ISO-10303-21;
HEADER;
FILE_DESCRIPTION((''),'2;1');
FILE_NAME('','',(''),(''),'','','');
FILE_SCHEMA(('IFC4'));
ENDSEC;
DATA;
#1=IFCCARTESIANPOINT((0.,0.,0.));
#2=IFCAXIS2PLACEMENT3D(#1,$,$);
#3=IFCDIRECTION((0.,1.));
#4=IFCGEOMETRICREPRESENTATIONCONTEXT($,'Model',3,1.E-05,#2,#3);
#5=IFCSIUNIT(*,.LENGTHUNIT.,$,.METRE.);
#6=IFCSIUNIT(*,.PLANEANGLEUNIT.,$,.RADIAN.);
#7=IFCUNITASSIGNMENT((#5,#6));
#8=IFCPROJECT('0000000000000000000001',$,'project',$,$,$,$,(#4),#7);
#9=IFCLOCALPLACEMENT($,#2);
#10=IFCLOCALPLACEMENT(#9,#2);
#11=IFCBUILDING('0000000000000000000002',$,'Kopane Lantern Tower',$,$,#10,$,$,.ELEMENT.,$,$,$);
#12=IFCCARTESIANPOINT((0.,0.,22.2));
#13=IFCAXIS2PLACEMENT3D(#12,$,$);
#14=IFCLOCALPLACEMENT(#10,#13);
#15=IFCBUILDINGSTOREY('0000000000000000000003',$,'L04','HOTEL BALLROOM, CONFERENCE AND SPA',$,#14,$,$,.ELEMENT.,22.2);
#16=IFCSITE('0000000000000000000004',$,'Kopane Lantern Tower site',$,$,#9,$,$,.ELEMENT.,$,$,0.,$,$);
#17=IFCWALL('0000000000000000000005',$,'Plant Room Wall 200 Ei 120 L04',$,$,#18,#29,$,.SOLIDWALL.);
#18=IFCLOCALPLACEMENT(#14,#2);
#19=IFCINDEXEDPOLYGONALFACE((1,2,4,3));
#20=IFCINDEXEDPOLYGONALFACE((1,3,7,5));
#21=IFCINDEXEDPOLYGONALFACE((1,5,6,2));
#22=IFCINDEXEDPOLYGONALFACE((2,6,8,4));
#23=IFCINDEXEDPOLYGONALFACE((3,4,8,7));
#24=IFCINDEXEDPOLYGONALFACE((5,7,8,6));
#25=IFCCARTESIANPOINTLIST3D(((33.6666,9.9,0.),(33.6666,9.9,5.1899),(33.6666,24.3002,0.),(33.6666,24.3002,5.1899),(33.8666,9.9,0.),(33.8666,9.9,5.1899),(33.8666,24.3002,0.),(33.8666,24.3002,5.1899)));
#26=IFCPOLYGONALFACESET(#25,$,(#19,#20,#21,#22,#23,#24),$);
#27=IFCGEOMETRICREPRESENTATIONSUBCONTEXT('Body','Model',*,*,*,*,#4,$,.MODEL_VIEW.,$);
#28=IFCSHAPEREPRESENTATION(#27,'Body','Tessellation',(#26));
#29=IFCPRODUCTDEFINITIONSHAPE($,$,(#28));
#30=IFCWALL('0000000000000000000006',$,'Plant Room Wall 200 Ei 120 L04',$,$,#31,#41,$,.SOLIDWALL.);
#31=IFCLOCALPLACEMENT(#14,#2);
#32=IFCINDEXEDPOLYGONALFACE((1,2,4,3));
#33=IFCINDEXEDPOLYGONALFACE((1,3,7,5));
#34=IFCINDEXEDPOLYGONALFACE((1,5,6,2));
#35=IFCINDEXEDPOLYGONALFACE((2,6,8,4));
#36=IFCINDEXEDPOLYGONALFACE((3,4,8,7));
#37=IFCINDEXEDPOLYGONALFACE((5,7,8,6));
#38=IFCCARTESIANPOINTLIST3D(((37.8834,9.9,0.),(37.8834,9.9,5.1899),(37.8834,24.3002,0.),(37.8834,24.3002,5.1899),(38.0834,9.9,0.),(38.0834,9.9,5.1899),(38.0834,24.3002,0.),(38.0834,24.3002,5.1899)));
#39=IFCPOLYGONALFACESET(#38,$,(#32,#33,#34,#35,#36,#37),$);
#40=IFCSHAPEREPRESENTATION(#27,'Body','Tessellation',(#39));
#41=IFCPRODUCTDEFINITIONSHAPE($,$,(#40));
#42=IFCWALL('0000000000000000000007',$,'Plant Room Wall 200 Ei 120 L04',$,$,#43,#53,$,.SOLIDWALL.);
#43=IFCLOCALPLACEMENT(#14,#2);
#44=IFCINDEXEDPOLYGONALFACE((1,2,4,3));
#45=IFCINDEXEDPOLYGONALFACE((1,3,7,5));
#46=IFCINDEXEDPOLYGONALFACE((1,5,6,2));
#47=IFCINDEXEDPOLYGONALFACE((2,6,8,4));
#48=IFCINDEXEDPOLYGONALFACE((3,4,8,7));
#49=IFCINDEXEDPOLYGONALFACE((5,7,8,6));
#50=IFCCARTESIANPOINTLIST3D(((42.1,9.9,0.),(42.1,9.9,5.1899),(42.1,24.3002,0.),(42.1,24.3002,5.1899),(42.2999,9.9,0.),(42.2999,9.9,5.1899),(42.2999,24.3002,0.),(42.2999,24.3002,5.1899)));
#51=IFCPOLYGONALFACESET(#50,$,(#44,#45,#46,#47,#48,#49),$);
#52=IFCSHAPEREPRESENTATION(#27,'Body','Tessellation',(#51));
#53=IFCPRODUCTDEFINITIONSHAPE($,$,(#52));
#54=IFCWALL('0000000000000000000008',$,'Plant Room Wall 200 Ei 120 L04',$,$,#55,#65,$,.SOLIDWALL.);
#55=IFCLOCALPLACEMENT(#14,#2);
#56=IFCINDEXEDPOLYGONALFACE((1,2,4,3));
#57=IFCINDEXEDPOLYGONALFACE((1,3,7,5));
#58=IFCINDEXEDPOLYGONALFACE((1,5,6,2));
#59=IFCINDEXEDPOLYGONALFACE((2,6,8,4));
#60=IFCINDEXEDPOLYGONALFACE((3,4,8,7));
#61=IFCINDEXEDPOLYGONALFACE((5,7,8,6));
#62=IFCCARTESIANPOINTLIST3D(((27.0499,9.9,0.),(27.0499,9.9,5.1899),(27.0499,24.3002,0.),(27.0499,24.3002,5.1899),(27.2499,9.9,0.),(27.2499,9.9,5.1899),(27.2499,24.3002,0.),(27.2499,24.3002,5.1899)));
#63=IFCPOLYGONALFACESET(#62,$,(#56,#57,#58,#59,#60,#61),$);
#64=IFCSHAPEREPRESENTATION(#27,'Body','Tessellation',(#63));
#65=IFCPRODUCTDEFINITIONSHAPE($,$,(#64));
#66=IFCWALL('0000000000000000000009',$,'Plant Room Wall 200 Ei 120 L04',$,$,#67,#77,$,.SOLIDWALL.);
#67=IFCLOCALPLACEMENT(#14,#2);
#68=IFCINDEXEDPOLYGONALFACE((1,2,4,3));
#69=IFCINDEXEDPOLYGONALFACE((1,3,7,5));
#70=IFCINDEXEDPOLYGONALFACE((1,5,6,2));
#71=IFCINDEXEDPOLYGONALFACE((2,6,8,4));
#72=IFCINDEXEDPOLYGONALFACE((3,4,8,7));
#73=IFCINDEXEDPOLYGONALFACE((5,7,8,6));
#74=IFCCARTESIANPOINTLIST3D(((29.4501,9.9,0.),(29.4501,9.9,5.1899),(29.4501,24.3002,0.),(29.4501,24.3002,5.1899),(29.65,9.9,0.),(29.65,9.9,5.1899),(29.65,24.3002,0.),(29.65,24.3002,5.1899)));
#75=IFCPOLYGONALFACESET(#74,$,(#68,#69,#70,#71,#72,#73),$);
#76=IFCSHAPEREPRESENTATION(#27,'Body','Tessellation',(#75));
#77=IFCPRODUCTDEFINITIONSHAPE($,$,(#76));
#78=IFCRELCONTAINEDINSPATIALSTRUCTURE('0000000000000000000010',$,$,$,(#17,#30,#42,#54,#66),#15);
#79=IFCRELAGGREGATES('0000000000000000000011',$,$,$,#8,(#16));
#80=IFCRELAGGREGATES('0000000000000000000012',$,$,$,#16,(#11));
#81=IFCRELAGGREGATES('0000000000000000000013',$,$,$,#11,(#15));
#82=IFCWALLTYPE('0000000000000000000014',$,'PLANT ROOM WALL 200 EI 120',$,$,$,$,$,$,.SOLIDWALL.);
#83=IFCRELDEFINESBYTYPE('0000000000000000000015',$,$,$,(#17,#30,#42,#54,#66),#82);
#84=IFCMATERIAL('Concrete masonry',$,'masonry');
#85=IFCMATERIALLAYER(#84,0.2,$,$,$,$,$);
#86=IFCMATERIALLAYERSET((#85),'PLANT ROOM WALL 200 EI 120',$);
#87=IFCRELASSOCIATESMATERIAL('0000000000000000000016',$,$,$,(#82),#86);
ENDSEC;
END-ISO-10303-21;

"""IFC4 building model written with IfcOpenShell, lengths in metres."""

from ifc_helpers import new_model, si_unit, direction, frame, frame_2d, origin, place, context, subcontext, project, spatial, rectangle, extrude, material, layer, layer_set, type_object, element, save


model = new_model("IFC4")

# Units and contexts
model_context = context("Model", 3, precision=1e-05, world=origin(), true_north=direction((0.0, 1.0)))
body_context = subcontext(model_context, "Body", "Model", "MODEL_VIEW")
ifc_project = project(units=[si_unit("LENGTHUNIT", "METRE"), si_unit("PLANEANGLEUNIT", "RADIAN")], contexts=[model_context])

# Site, building, storey
site_placement = place(None, origin())
site = spatial("IfcSite", under=ifc_project, at=site_placement, Name="Kopane Lantern Tower site", CompositionType="ELEMENT", RefElevation=0.0)
building_placement = place(site_placement, origin())
building = spatial("IfcBuilding", under=site, at=building_placement, Name="Kopane Lantern Tower", CompositionType="ELEMENT")
storey_placement = place(building_placement, frame((0.0, 0.0, 22.2)))
storey = spatial("IfcBuildingStorey", under=building, at=storey_placement, Name="L04", Description="HOTEL BALLROOM, CONFERENCE AND SPA", CompositionType="ELEMENT", Elevation=22.2)

# Walls
ifc_material_1 = material(Name="Concrete masonry", Category="masonry")
ifc_layer_1 = layer(ifc_material_1, 0.2)
ifc_layer_set_1 = layer_set([ifc_layer_1], Name="PLANT ROOM WALL 200 EI 120")
wall_type_1 = type_object("IfcWallType", Name="PLANT ROOM WALL 200 EI 120", PredefinedType="SOLIDWALL", material=ifc_layer_set_1)
for number, where, z_axis, x_axis, name in (
    (1, (33.7666, 9.8999, 0.0), (0.0, 0.0, 1.0), (0.0, 1.0, 0.0), "Plant Room Wall 200 Ei 120 L04"),
    (2, (37.9834, 9.8999, 0.0), (0.0, 0.0, 1.0), (0.0, 1.0, 0.0), "Plant Room Wall 200 Ei 120 L04"),
    (3, (42.2, 9.8999, 0.0), (0.0, 0.0, 1.0), (0.0, 1.0, 0.0), "Plant Room Wall 200 Ei 120 L04"),
    (4, (27.1499, 9.8999, 0.0), (0.0, 0.0, 1.0), (0.0, 1.0, 0.0), "Plant Room Wall 200 Ei 120 L04"),
    (5, (29.55, 9.8999, 0.0), (0.0, 0.0, 1.0), (0.0, 1.0, 0.0), "Plant Room Wall 200 Ei 120 L04"),
):
    element("IfcWall", number, at=place(storey_placement, frame(where, z_axis=z_axis, x_axis=x_axis)), inside=storey, type_object=wall_type_1, Name=name, PredefinedType="SOLIDWALL", context=body_context, shape_type="SweptSolid", body=[
        extrude(rectangle(XDim=14.4001, YDim=0.2, at=frame_2d((7.2002, 0.0))), origin(), (0.0, 0.0, 1.0), 5.1899),
    ])

save(model, "model.ifc")
